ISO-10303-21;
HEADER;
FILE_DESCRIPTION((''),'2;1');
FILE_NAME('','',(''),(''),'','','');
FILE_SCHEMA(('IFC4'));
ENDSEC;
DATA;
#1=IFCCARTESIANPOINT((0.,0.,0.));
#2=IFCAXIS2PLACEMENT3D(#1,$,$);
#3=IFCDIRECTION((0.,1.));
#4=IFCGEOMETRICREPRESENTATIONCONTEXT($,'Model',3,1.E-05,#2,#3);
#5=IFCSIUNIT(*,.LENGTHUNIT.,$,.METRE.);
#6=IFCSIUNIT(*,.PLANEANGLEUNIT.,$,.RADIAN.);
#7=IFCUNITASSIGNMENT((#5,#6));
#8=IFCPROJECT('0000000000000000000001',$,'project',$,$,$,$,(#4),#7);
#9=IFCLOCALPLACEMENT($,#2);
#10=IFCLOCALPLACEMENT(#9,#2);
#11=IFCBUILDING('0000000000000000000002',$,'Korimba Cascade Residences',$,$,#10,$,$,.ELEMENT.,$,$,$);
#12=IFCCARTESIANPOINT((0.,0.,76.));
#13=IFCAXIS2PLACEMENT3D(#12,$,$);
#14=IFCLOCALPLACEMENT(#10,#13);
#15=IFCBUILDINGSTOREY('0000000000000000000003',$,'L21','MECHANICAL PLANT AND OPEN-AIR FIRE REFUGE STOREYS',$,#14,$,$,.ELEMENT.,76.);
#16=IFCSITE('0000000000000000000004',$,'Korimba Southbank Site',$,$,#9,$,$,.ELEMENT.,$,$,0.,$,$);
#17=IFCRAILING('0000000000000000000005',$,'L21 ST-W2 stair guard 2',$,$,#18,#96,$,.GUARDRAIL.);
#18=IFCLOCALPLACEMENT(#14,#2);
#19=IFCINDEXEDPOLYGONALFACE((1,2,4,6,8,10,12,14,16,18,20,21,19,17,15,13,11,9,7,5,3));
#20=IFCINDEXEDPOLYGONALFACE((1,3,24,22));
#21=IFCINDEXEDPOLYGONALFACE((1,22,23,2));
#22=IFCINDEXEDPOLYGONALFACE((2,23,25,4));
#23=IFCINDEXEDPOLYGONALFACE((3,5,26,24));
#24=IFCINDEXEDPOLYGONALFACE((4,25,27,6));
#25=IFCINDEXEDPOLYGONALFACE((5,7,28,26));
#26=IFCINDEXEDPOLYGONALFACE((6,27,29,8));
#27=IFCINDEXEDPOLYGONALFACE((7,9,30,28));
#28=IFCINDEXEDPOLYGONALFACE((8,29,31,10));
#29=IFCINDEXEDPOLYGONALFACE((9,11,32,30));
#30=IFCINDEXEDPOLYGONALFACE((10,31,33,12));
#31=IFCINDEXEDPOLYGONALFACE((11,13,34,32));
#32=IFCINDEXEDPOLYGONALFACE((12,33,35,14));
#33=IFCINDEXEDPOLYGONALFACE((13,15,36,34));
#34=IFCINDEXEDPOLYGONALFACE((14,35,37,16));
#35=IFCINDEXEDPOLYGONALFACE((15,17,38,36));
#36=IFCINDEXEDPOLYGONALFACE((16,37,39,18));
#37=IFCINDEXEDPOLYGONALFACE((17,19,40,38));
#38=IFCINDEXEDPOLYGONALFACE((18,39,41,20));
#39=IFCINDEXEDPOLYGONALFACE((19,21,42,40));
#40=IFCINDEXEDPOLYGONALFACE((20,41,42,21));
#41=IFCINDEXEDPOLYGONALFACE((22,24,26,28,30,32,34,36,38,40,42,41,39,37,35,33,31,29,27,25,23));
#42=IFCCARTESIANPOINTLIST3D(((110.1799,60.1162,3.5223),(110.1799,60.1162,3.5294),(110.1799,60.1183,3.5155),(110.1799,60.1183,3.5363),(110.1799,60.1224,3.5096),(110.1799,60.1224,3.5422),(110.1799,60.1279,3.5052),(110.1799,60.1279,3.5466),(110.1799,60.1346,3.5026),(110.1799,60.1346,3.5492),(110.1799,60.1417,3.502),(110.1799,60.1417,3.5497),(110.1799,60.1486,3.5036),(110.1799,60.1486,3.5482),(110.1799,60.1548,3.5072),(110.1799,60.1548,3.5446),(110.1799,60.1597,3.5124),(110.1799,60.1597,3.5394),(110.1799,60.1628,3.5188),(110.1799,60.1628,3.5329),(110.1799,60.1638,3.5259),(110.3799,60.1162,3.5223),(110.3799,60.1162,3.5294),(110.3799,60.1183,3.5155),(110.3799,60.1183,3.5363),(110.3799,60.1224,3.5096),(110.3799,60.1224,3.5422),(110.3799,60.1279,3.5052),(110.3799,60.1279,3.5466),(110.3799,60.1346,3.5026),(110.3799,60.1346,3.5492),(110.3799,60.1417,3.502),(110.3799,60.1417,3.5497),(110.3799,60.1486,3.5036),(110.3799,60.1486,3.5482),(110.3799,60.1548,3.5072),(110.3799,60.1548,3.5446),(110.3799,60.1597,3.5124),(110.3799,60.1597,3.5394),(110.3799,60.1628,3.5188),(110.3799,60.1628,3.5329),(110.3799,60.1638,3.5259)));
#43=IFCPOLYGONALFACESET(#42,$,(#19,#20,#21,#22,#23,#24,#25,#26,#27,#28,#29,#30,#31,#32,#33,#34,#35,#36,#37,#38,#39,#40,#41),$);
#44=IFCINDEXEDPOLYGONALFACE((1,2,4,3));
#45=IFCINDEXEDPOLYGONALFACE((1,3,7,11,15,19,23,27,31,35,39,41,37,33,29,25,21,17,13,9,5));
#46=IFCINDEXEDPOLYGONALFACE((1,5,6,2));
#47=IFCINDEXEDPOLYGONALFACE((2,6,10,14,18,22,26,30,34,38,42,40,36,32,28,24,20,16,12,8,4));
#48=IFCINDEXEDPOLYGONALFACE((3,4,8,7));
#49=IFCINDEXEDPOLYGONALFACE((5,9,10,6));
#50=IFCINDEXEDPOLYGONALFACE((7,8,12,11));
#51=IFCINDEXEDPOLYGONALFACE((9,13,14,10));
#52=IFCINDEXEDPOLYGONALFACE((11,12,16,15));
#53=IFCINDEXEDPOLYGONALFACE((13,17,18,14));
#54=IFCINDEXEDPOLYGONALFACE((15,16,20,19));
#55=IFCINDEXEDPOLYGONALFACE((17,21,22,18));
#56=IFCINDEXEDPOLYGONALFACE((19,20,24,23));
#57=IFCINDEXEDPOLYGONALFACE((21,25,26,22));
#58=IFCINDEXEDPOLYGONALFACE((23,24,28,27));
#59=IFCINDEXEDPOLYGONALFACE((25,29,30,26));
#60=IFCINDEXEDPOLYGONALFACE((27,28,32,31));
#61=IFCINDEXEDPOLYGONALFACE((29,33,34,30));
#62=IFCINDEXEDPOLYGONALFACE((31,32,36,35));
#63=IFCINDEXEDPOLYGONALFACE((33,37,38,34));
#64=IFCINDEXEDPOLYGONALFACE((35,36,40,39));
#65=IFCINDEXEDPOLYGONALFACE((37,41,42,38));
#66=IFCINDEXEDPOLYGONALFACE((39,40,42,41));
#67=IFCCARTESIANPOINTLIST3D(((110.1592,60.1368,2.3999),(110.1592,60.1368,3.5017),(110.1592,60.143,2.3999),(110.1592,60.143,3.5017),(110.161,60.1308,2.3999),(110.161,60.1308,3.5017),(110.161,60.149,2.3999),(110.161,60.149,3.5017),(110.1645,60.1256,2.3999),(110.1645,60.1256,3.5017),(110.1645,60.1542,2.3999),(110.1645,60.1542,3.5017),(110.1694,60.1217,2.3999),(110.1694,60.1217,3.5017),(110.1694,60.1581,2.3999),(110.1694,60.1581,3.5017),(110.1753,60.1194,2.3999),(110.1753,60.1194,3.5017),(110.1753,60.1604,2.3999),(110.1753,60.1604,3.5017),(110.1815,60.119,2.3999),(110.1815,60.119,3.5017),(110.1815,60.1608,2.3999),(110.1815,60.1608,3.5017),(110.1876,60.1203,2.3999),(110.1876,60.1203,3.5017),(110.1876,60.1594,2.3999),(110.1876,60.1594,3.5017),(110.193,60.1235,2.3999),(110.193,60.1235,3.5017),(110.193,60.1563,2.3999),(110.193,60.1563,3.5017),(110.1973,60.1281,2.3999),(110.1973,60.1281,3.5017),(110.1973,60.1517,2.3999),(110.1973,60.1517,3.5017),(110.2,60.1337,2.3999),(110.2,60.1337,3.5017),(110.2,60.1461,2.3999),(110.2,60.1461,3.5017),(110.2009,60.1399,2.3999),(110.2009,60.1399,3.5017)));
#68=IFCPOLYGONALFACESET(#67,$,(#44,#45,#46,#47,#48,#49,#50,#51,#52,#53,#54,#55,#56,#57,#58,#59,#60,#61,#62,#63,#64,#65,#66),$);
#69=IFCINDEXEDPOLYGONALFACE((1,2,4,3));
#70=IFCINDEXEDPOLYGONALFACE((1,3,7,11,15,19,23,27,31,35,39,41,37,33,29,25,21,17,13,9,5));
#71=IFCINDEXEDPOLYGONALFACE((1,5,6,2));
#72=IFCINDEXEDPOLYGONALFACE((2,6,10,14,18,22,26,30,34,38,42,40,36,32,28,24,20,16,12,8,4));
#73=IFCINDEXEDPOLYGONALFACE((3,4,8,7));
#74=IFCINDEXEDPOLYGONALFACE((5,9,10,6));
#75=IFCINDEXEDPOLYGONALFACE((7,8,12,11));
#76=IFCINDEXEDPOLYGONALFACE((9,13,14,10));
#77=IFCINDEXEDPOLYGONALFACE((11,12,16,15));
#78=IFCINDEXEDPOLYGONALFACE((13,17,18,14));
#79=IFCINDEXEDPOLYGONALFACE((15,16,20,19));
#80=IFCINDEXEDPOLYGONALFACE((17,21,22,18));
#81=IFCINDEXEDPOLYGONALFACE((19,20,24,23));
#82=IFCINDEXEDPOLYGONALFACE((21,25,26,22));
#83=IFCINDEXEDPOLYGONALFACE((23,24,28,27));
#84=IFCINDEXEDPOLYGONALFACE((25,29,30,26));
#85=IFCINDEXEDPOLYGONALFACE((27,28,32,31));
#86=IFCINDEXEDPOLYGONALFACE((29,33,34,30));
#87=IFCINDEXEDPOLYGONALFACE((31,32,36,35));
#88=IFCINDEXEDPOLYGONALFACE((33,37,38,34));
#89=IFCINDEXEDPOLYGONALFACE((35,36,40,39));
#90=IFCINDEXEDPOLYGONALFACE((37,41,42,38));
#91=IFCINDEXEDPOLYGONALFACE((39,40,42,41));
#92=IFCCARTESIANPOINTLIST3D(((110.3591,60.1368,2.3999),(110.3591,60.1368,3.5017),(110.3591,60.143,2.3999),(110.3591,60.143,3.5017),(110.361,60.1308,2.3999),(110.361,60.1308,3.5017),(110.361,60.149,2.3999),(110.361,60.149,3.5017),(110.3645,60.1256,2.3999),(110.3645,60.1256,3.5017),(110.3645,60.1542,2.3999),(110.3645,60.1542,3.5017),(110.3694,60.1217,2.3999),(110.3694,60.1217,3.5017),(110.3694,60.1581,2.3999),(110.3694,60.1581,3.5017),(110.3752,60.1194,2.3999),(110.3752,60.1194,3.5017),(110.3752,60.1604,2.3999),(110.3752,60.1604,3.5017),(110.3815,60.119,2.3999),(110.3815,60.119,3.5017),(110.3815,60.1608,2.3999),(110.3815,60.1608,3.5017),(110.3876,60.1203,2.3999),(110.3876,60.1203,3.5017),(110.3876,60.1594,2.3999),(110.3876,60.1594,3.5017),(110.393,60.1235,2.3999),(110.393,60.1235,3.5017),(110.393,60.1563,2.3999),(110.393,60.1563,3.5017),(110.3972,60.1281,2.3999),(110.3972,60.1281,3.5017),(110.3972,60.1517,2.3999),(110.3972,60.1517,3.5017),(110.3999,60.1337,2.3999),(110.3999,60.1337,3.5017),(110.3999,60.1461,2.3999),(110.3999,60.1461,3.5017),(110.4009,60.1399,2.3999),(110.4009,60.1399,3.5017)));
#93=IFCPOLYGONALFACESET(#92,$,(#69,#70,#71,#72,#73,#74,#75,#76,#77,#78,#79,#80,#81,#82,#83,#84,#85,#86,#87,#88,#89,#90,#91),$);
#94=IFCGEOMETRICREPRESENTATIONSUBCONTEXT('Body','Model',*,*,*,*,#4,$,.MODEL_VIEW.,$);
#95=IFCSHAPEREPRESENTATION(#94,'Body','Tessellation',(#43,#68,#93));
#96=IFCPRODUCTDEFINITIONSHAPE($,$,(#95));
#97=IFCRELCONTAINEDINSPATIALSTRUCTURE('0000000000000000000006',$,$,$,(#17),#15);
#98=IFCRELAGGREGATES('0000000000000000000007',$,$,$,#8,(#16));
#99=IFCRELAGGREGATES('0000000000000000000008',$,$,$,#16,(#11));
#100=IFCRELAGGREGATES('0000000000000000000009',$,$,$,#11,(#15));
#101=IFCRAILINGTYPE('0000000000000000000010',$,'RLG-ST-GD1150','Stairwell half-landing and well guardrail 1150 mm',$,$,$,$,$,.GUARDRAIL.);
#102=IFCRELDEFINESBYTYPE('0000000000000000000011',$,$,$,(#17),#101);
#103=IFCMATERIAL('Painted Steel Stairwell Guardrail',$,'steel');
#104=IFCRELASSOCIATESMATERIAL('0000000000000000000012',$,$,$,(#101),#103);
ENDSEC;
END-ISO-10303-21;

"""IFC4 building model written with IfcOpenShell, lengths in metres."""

from ifc_helpers import new_model, si_unit, direction, frame, origin, origin_2d, place, context, subcontext, project, spatial, circle, extrude, material, type_object, element, save


model = new_model("IFC4")

# Units and contexts
model_context = context("Model", 3, precision=1e-05, world=origin(), true_north=direction((0.0, 1.0)))
body_context = subcontext(model_context, "Body", "Model", "MODEL_VIEW")
ifc_project = project(units=[si_unit("LENGTHUNIT", "METRE"), si_unit("PLANEANGLEUNIT", "RADIAN")], contexts=[model_context])

# Site, building, storey
site_placement = place(None, origin())
site = spatial("IfcSite", under=ifc_project, at=site_placement, Name="Korimba Southbank Site", CompositionType="ELEMENT", RefElevation=0.0)
building_placement = place(site_placement, origin())
building = spatial("IfcBuilding", under=site, at=building_placement, Name="Korimba Cascade Residences", CompositionType="ELEMENT")
storey_placement = place(building_placement, frame((0.0, 0.0, 76.0)))
storey = spatial("IfcBuildingStorey", under=building, at=storey_placement, Name="L21", Description="MECHANICAL PLANT AND OPEN-AIR FIRE REFUGE STOREYS", CompositionType="ELEMENT", Elevation=76.0)

# Railing
ifc_material_1 = material(Name="Painted Steel Stairwell Guardrail", Category="steel")
railing_type_1 = type_object("IfcRailingType", Name="RLG-ST-GD1150", Description="Stairwell half-landing and well guardrail 1150 mm", PredefinedType="GUARDRAIL", material=ifc_material_1)
railing_1_placement = place(storey_placement, frame((110.1799, 60.1399, 2.3999)))
element("IfcRailing", 1, at=railing_1_placement, inside=storey, type_object=railing_type_1, Name="L21 ST-W2 stair guard 2", PredefinedType="GUARDRAIL", context=body_context, shape_type="SweptSolid", body=[
    extrude(circle(Radius=0.0239, at=origin_2d()), frame((0.0, 0.0, 1.126), z_axis=(1.0, 0.0, 0.0), x_axis=(0.0, 1.0, 0.0)), (0.0, 0.0, 1.0), 0.2),
    extrude(circle(Radius=0.021, at=origin_2d()), origin(), (0.0, 0.0, 1.0), 1.1018),
    extrude(circle(Radius=0.021, at=origin_2d()), frame((0.2, 0.0, 0.0)), (0.0, 0.0, 1.0), 1.1018),
])

save(model, "model.ifc")
